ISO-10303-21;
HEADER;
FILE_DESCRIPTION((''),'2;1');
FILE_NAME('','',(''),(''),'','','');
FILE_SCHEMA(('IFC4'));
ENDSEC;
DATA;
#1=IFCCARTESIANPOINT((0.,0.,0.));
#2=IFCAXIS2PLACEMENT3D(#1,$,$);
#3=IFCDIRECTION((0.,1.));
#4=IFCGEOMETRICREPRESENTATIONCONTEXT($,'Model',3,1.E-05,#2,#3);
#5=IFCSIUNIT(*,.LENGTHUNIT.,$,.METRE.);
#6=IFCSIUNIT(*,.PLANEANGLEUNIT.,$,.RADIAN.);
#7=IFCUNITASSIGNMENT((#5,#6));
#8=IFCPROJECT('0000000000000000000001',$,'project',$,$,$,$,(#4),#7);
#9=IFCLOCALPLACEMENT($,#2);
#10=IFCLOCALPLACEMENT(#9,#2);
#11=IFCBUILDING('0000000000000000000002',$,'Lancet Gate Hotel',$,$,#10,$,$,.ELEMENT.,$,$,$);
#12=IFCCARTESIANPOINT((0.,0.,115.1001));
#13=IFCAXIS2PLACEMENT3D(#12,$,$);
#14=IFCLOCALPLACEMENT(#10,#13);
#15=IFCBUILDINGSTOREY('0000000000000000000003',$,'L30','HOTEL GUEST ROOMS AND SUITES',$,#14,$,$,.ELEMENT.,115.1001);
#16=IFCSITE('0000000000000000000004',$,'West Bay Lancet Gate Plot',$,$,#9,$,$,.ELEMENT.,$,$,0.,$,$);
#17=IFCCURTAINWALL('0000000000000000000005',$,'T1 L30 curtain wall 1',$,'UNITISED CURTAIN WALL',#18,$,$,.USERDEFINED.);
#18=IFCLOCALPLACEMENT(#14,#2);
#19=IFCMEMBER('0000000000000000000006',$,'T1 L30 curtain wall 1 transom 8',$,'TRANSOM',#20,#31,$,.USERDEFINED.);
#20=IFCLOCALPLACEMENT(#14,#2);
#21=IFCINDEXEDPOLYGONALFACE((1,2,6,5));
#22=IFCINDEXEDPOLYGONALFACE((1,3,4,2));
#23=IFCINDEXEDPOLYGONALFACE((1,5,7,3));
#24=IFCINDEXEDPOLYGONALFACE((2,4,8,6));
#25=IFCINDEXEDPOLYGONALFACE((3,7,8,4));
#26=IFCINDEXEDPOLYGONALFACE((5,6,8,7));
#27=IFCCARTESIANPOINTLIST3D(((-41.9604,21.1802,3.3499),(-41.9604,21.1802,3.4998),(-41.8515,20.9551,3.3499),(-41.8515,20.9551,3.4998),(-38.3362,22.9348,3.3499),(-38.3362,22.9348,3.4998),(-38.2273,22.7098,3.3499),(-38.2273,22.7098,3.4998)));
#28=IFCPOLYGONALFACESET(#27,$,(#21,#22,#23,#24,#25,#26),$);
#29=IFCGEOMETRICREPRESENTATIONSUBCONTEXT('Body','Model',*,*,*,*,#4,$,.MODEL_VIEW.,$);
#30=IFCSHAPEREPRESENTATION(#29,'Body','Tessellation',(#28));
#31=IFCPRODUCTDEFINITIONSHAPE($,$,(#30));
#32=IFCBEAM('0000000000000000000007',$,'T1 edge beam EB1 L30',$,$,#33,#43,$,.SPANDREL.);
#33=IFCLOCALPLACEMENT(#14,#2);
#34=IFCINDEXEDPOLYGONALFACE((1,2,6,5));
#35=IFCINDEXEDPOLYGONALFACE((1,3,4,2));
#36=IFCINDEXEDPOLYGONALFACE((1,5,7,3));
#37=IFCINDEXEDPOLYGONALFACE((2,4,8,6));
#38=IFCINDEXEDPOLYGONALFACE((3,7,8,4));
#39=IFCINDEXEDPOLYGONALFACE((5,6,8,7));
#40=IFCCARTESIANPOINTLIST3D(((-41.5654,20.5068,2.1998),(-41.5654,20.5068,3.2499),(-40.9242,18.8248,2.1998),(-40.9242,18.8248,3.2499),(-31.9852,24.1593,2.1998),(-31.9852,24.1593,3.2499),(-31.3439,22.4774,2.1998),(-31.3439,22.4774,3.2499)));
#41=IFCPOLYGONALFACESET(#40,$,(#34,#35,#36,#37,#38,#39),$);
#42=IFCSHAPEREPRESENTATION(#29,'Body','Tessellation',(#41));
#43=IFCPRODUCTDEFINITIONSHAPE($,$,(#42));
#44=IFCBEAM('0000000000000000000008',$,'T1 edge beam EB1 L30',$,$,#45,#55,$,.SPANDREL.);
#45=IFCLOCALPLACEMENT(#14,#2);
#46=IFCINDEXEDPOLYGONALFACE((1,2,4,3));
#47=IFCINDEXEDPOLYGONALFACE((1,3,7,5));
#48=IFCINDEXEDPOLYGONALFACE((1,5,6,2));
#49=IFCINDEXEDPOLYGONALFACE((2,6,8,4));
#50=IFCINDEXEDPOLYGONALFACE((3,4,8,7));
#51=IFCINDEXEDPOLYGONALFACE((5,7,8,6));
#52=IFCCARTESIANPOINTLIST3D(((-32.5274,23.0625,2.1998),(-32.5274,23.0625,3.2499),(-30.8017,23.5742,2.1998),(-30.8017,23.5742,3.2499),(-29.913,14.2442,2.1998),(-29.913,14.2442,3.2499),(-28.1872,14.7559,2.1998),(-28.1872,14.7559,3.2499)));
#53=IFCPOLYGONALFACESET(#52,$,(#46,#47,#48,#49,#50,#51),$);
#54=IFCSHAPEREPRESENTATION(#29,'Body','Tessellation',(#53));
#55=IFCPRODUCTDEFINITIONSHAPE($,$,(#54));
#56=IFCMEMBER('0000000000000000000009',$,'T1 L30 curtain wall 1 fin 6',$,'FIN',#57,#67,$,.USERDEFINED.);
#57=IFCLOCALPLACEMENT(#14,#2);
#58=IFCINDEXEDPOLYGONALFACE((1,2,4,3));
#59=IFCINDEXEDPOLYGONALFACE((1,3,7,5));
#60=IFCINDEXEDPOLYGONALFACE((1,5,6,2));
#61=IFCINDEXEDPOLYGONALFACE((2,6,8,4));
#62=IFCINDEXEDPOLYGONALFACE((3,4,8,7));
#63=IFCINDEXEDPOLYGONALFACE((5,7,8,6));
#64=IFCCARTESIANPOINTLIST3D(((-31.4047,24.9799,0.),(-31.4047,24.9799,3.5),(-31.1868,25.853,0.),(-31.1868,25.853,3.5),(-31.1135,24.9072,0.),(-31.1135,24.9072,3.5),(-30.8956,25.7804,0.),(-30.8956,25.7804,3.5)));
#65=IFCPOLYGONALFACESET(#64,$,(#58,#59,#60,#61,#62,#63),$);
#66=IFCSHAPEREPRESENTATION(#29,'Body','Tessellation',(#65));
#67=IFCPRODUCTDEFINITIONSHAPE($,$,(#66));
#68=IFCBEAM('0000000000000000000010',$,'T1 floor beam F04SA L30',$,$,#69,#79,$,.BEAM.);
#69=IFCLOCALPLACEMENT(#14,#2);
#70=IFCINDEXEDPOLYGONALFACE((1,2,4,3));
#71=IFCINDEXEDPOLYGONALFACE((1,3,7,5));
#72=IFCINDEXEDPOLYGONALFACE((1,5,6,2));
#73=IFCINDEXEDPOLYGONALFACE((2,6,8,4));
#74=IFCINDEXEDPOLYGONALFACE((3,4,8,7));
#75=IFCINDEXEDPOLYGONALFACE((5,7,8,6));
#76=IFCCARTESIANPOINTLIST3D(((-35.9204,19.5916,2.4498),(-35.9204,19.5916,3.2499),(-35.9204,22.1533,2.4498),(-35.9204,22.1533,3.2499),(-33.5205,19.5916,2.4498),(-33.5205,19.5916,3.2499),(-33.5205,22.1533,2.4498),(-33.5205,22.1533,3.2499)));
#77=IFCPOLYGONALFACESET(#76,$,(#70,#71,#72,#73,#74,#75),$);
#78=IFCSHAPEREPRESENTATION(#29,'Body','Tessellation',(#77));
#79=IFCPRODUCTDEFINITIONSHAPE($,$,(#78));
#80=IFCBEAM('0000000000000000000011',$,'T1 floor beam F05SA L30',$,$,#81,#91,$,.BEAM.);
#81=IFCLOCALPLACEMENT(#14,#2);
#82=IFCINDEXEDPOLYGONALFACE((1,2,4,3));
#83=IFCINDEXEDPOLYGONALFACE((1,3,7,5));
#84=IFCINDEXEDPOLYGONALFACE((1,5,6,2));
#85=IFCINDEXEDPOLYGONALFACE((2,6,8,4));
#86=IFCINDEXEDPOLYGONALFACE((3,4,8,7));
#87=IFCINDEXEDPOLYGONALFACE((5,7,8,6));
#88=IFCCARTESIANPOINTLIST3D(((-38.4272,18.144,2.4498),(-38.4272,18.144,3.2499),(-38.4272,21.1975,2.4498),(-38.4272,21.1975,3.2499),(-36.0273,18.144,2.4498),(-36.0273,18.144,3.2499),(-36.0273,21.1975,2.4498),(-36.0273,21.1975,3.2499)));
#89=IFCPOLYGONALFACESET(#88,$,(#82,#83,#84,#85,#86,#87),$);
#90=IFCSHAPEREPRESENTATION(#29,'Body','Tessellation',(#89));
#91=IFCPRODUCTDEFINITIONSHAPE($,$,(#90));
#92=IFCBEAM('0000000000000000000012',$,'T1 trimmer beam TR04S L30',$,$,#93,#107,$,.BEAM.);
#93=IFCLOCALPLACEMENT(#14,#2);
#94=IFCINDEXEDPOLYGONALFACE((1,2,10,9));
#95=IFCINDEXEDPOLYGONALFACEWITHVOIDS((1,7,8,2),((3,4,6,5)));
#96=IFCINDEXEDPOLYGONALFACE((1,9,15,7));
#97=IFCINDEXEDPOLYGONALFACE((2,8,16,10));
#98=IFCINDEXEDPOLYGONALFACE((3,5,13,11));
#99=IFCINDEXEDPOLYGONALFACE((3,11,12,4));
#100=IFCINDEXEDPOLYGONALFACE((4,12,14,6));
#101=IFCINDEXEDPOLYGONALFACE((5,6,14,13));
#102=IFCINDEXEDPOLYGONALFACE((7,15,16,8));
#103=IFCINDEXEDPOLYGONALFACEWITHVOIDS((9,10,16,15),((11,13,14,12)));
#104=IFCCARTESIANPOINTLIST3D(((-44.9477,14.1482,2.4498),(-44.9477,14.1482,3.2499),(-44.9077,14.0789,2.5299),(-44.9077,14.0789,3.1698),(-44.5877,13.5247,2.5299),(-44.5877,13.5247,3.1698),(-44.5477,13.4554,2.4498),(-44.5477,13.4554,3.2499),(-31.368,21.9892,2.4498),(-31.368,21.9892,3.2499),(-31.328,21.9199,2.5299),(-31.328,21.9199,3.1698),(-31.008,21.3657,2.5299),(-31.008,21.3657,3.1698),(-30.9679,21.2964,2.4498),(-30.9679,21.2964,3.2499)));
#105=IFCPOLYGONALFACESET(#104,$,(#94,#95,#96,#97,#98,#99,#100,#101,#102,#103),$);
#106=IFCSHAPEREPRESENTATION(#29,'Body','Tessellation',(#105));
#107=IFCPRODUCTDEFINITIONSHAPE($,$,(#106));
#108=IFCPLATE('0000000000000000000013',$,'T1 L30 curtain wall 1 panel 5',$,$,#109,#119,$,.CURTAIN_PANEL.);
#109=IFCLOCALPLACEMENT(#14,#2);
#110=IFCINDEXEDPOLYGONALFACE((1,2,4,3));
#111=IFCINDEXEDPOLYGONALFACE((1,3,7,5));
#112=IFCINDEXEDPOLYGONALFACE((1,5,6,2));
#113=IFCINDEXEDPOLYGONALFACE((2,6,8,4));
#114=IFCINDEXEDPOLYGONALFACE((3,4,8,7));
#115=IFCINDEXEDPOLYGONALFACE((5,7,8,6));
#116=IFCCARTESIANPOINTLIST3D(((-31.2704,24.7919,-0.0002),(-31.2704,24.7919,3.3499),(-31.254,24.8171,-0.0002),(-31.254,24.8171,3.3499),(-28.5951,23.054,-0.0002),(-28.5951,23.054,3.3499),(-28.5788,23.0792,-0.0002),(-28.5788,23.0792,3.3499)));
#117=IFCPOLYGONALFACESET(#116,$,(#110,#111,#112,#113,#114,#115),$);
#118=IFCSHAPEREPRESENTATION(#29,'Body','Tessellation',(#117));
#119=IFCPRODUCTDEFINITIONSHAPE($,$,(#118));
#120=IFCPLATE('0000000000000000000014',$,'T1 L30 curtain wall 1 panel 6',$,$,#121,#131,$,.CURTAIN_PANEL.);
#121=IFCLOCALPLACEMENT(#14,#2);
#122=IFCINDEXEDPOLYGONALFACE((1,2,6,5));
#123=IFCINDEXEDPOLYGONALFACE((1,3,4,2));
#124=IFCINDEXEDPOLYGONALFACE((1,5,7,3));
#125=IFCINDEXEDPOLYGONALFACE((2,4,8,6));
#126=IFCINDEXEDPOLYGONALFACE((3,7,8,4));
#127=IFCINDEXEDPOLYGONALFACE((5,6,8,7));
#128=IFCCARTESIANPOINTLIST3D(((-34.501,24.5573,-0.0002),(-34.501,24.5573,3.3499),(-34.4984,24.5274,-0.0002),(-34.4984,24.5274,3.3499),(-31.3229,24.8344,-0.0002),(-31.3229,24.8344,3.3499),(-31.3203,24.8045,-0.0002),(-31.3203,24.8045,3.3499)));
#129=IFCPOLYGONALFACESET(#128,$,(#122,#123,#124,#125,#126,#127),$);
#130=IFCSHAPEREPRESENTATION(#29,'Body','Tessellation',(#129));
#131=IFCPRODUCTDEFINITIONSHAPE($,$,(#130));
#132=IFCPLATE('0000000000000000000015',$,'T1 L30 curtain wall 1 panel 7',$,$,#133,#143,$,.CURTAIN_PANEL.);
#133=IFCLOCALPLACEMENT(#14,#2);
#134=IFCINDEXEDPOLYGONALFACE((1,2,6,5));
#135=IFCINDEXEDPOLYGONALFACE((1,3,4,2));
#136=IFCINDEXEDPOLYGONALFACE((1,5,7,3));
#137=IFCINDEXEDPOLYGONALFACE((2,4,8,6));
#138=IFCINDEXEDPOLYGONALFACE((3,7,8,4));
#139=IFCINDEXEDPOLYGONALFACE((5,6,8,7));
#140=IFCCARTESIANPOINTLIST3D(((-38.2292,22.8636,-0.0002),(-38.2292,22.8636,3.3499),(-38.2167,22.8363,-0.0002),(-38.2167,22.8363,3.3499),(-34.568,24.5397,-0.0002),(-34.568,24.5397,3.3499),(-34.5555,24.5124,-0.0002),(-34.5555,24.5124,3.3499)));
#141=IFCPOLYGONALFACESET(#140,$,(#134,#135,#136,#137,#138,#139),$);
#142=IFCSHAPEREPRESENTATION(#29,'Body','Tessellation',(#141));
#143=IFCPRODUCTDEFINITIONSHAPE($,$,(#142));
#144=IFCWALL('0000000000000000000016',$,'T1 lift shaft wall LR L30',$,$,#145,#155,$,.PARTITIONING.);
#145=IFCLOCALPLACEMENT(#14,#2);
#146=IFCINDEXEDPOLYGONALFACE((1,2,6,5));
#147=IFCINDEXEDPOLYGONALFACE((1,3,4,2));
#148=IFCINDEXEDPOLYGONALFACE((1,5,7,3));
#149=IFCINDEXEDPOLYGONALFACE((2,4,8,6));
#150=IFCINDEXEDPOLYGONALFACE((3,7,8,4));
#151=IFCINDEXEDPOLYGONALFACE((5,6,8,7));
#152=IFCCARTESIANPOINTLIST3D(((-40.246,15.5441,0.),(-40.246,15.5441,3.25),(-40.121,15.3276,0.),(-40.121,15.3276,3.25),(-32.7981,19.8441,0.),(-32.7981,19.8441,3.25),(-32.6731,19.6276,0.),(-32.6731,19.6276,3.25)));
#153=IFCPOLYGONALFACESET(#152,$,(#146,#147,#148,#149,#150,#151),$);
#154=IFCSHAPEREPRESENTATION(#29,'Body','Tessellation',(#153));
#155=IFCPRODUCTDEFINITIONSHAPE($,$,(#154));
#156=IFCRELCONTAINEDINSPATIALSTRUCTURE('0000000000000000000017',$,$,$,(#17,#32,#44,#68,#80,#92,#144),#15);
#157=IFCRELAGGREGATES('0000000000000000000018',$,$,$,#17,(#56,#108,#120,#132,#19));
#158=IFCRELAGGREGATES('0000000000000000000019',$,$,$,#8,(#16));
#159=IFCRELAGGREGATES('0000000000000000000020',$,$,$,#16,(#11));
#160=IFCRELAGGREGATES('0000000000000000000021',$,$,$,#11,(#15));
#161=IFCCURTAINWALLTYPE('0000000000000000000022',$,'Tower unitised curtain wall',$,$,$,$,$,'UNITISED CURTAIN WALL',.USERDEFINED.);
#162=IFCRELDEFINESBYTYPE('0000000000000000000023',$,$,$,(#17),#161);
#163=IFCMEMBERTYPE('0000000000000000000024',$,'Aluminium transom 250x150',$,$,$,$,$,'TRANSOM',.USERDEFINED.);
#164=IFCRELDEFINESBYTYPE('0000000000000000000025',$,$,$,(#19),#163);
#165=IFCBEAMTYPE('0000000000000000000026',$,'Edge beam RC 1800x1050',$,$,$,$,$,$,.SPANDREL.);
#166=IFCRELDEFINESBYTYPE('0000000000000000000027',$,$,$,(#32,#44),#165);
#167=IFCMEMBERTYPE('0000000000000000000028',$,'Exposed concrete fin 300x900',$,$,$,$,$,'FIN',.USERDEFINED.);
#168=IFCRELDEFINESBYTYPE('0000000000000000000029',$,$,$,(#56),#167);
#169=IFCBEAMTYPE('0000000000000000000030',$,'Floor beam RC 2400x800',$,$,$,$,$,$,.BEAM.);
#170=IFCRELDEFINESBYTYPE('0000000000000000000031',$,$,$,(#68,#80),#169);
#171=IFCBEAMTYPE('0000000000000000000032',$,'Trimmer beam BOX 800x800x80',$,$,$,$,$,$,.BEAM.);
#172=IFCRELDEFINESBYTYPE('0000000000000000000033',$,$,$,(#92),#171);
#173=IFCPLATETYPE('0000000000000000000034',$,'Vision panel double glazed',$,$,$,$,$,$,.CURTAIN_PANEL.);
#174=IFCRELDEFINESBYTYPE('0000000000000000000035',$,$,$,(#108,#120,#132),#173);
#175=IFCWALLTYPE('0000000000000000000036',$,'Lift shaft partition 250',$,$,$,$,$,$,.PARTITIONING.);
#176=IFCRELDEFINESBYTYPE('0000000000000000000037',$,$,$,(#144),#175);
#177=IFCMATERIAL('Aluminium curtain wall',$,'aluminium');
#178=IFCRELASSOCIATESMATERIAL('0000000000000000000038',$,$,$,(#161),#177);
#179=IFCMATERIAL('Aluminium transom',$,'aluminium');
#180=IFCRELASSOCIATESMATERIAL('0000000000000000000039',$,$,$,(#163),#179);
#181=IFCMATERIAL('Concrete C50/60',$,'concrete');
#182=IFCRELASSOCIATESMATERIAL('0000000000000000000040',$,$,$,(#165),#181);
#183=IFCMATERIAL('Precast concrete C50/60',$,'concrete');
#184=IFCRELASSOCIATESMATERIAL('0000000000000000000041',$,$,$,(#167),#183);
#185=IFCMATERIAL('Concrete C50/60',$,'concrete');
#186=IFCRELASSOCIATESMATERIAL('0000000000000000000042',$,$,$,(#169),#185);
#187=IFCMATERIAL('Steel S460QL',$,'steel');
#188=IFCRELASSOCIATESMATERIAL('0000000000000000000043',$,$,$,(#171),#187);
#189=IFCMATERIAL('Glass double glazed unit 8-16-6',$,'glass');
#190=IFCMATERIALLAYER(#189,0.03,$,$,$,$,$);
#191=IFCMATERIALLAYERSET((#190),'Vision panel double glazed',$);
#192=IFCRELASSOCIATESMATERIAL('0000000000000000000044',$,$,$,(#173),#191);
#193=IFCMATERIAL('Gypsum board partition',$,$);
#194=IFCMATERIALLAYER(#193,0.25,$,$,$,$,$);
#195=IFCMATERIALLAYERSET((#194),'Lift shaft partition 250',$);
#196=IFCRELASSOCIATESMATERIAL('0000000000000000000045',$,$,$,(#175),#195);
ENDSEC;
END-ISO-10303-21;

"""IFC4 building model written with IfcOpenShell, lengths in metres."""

from ifc_helpers import new_model, si_unit, direction, frame, frame_2d, origin, origin_2d, place, context, subcontext, project, spatial, rectangle, hollow_rectangle, extrude, material, layer, layer_set, material_profile, profile_set, type_object, element, aggregate, save


model = new_model("IFC4")

# Units and contexts
model_context = context("Model", 3, precision=1e-05, world=origin(), true_north=direction((0.0, 1.0)))
body_context = subcontext(model_context, "Body", "Model", "MODEL_VIEW")
ifc_project = project(units=[si_unit("LENGTHUNIT", "METRE"), si_unit("PLANEANGLEUNIT", "RADIAN")], contexts=[model_context])

# Site, building, storey
site_placement = place(None, origin())
site = spatial("IfcSite", under=ifc_project, at=site_placement, Name="West Bay Lancet Gate Plot", CompositionType="ELEMENT", RefElevation=0.0)
building_placement = place(site_placement, origin())
building = spatial("IfcBuilding", under=site, at=building_placement, Name="Lancet Gate Hotel", CompositionType="ELEMENT")
storey_placement = place(building_placement, frame((0.0, 0.0, 115.1001)))
storey = spatial("IfcBuildingStorey", under=building, at=storey_placement, Name="L30", Description="HOTEL GUEST ROOMS AND SUITES", CompositionType="ELEMENT", Elevation=115.1001)

# Curtain wall, member
ifc_material_1 = material(Name="Aluminium curtain wall", Category="aluminium")
curtain_wall_type = type_object("IfcCurtainWallType", Name="Tower unitised curtain wall", ElementType="UNITISED CURTAIN WALL", PredefinedType="USERDEFINED", material=ifc_material_1)
curtain_wall_placement = place(storey_placement, origin())
curtain_wall = element("IfcCurtainWall", 1, at=curtain_wall_placement, inside=storey, type_object=curtain_wall_type, Name="T1 L30 curtain wall 1", ObjectType="UNITISED CURTAIN WALL", PredefinedType="USERDEFINED")
ifc_material_2 = material(Name="Aluminium transom", Category="aluminium")
ifc_material_profile_1 = material_profile(ifc_material_2, rectangle(XDim=0.25, YDim=0.1499, at=origin_2d()), Name="TRANSOM 250x150")
ifc_profile_set_1 = profile_set([ifc_material_profile_1], Name="Aluminium transom")
member_type_1 = type_object("IfcMemberType", Name="Aluminium transom 250x150", ElementType="TRANSOM", PredefinedType="USERDEFINED", material=ifc_profile_set_1)
member_1_placement = place(storey_placement, frame((-38.2817, 22.8223, 3.4248), z_axis=(-0.900066, -0.435754, 0.0), x_axis=(0.435754, -0.900066, 0.0)))
member_1 = element("IfcMember", 2, at=member_1_placement, type_object=member_type_1, Name="T1 L30 curtain wall 1 transom 8", ObjectType="TRANSOM", PredefinedType="USERDEFINED", context=body_context, shape_type="SweptSolid", body=[
    extrude(rectangle(XDim=0.25, YDim=0.1499, at=origin_2d()), origin(), (0.0, 0.0, 1.0), 4.0266),
])

# Beams
ifc_material_3 = material(Name="Concrete C50/60", Category="concrete")
ifc_material_profile_2 = material_profile(ifc_material_3, rectangle(XDim=1.8, YDim=1.05, at=origin_2d()), Name="RC 1800x1050")
ifc_profile_set_2 = profile_set([ifc_material_profile_2], Name="Concrete C50/60")
beam_type_1 = type_object("IfcBeamType", Name="Edge beam RC 1800x1050", PredefinedType="SPANDREL", material=ifc_profile_set_2)
beam_1_placement = place(storey_placement, frame((-31.6646, 23.3184, 2.7249), z_axis=(-0.934392, -0.356246, 0.0), x_axis=(0.356246, -0.934392, 0.0)))
element("IfcBeam", 3, at=beam_1_placement, inside=storey, type_object=beam_type_1, Name="T1 edge beam EB1 L30", PredefinedType="SPANDREL", context=body_context, shape_type="SweptSolid", body=[
    extrude(rectangle(XDim=1.8, YDim=1.05, at=origin_2d()), origin(), (0.0, 0.0, 1.0), 10.2529),
])
beam_2_placement = place(storey_placement, frame((-31.6646, 23.3184, 2.7249), z_axis=(0.284254, -0.958749, 0.0), x_axis=(0.958749, 0.284254, 0.0)))
element("IfcBeam", 4, at=beam_2_placement, inside=storey, type_object=beam_type_1, Name="T1 edge beam EB1 L30", PredefinedType="SPANDREL", context=body_context, shape_type="SweptSolid", body=[
    extrude(rectangle(XDim=1.8, YDim=1.05, at=origin_2d()), origin(), (0.0, 0.0, 1.0), 9.1978),
])

# Member
ifc_material_4 = material(Name="Precast concrete C50/60", Category="concrete")
ifc_material_profile_3 = material_profile(ifc_material_4, rectangle(XDim=0.3, YDim=0.8999, at=origin_2d()), Name="FIN 300x900")
ifc_profile_set_3 = profile_set([ifc_material_profile_3], Name="Precast concrete C50/60")
member_type_2 = type_object("IfcMemberType", Name="Exposed concrete fin 300x900", ElementType="FIN", PredefinedType="USERDEFINED", material=ifc_profile_set_3)
member_2_placement = place(storey_placement, frame((-31.1501, 25.3801, 0.0), z_axis=(0.0, 0.0, 1.0), x_axis=(-0.970242, 0.242137, 0.0)))
member_2 = element("IfcMember", 5, at=member_2_placement, type_object=member_type_2, Name="T1 L30 curtain wall 1 fin 6", ObjectType="FIN", PredefinedType="USERDEFINED", context=body_context, shape_type="SweptSolid", body=[
    extrude(rectangle(XDim=0.3, YDim=0.8999, at=origin_2d()), origin(), (0.0, 0.0, 1.0), 3.5),
])

# Beams
ifc_material_5 = material(Name="Concrete C50/60", Category="concrete")
ifc_material_profile_4 = material_profile(ifc_material_5, rectangle(XDim=2.3999, YDim=0.8, at=origin_2d()), Name="RC 2400x800")
ifc_profile_set_4 = profile_set([ifc_material_profile_4], Name="Concrete C50/60")
beam_type_2 = type_object("IfcBeamType", Name="Floor beam RC 2400x800", PredefinedType="BEAM", material=ifc_profile_set_4)
beam_3_placement = place(storey_placement, frame((-34.7205, 22.1533, 2.8499), z_axis=(0.0, -1.0, 0.0), x_axis=(1.0, 0.0, 0.0)))
element("IfcBeam", 6, at=beam_3_placement, inside=storey, type_object=beam_type_2, Name="T1 floor beam F04SA L30", PredefinedType="BEAM", context=body_context, shape_type="SweptSolid", body=[
    extrude(rectangle(XDim=2.3999, YDim=0.8, at=origin_2d()), origin(), (0.0, 0.0, 1.0), 2.5618),
])
beam_4_placement = place(storey_placement, frame((-37.2273, 21.1975, 2.8499), z_axis=(0.0, -1.0, 0.0), x_axis=(1.0, 0.0, 0.0)))
element("IfcBeam", 7, at=beam_4_placement, inside=storey, type_object=beam_type_2, Name="T1 floor beam F05SA L30", PredefinedType="BEAM", context=body_context, shape_type="SweptSolid", body=[
    extrude(rectangle(XDim=2.3999, YDim=0.8, at=origin_2d()), origin(), (0.0, 0.0, 1.0), 3.0535),
])
ifc_material_6 = material(Name="Steel S460QL", Category="steel")
ifc_material_profile_5 = material_profile(ifc_material_6, hollow_rectangle(XDim=0.8, YDim=0.8, WallThickness=0.0801, at=origin_2d()), Name="BOX 800x800x80")
ifc_profile_set_5 = profile_set([ifc_material_profile_5], Name="Steel S460QL")
beam_type_3 = type_object("IfcBeamType", Name="Trimmer beam BOX 800x800x80", PredefinedType="BEAM", material=ifc_profile_set_5)
beam_5_placement = place(storey_placement, frame((-31.168, 21.6428, 2.8499), z_axis=(-0.866005, -0.500036, 0.0), x_axis=(0.500036, -0.866005, 0.0)))
element("IfcBeam", 8, at=beam_5_placement, inside=storey, type_object=beam_type_3, Name="T1 trimmer beam TR04S L30", PredefinedType="BEAM", context=body_context, shape_type="SweptSolid", body=[
    extrude(hollow_rectangle(XDim=0.8, YDim=0.8, WallThickness=0.0801, at=origin_2d()), origin(), (0.0, 0.0, 1.0), 15.6809),
])

# Plates
ifc_material_7 = material(Name="Glass double glazed unit 8-16-6", Category="glass")
ifc_layer_1 = layer(ifc_material_7, 0.03)
ifc_layer_set_1 = layer_set([ifc_layer_1], Name="Vision panel double glazed")
plate_type = type_object("IfcPlateType", Name="Vision panel double glazed", PredefinedType="CURTAIN_PANEL", material=ifc_layer_set_1)
plate_1_placement = place(storey_placement, frame((-29.9246, 23.9355, -0.0002), z_axis=(0.0, 0.0, 1.0), x_axis=(-0.83858, 0.544778, 0.0)))
plate_1 = element("IfcPlate", 9, at=plate_1_placement, type_object=plate_type, Name="T1 L30 curtain wall 1 panel 5", PredefinedType="CURTAIN_PANEL", context=body_context, shape_type="SweptSolid", body=[
    extrude(rectangle(XDim=3.1902, YDim=0.03, at=origin_2d()), origin(), (0.0, 0.0, 1.0), 3.3501),
])
plate_2_placement = place(storey_placement, frame((-32.9106, 24.6809, -0.0002), z_axis=(0.0, 0.0, 1.0), x_axis=(-0.996219, -0.08688, 0.0)))
plate_2 = element("IfcPlate", 10, at=plate_2_placement, type_object=plate_type, Name="T1 L30 curtain wall 1 panel 6", PredefinedType="CURTAIN_PANEL", context=body_context, shape_type="SweptSolid", body=[
    extrude(rectangle(XDim=3.1902, YDim=0.03, at=origin_2d()), origin(), (0.0, 0.0, 1.0), 3.3501),
])
plate_3_placement = place(storey_placement, frame((-36.3923, 23.688, -0.0002), z_axis=(0.0, 0.0, 1.0), x_axis=(-0.909253, -0.416245, 0.0)))
plate_3 = element("IfcPlate", 11, at=plate_3_placement, type_object=plate_type, Name="T1 L30 curtain wall 1 panel 7", PredefinedType="CURTAIN_PANEL", context=body_context, shape_type="SweptSolid", body=[
    extrude(rectangle(XDim=4.0266, YDim=0.03, at=origin_2d()), origin(), (0.0, 0.0, 1.0), 3.3501),
])
aggregate(curtain_wall, [member_2, plate_1, plate_2, plate_3, member_1])

# Wall
ifc_material_8 = material(Name="Gypsum board partition")
ifc_layer_2 = layer(ifc_material_8, 0.25)
ifc_layer_set_2 = layer_set([ifc_layer_2], Name="Lift shaft partition 250")
wall_type = type_object("IfcWallType", Name="Lift shaft partition 250", PredefinedType="PARTITIONING", material=ifc_layer_set_2)
wall_placement = place(storey_placement, frame((-32.7356, 19.7358, 0.0), z_axis=(0.0, 0.0, 1.0), x_axis=(-0.866028, -0.499995, 0.0)))
element("IfcWall", 12, at=wall_placement, inside=storey, type_object=wall_type, Name="T1 lift shaft wall LR L30", PredefinedType="PARTITIONING", context=body_context, shape_type="SweptSolid", body=[
    extrude(rectangle(XDim=8.6001, YDim=0.25, at=frame_2d((4.3, 0.0))), origin(), (0.0, 0.0, 1.0), 3.25),
])

save(model, "model.ifc")
